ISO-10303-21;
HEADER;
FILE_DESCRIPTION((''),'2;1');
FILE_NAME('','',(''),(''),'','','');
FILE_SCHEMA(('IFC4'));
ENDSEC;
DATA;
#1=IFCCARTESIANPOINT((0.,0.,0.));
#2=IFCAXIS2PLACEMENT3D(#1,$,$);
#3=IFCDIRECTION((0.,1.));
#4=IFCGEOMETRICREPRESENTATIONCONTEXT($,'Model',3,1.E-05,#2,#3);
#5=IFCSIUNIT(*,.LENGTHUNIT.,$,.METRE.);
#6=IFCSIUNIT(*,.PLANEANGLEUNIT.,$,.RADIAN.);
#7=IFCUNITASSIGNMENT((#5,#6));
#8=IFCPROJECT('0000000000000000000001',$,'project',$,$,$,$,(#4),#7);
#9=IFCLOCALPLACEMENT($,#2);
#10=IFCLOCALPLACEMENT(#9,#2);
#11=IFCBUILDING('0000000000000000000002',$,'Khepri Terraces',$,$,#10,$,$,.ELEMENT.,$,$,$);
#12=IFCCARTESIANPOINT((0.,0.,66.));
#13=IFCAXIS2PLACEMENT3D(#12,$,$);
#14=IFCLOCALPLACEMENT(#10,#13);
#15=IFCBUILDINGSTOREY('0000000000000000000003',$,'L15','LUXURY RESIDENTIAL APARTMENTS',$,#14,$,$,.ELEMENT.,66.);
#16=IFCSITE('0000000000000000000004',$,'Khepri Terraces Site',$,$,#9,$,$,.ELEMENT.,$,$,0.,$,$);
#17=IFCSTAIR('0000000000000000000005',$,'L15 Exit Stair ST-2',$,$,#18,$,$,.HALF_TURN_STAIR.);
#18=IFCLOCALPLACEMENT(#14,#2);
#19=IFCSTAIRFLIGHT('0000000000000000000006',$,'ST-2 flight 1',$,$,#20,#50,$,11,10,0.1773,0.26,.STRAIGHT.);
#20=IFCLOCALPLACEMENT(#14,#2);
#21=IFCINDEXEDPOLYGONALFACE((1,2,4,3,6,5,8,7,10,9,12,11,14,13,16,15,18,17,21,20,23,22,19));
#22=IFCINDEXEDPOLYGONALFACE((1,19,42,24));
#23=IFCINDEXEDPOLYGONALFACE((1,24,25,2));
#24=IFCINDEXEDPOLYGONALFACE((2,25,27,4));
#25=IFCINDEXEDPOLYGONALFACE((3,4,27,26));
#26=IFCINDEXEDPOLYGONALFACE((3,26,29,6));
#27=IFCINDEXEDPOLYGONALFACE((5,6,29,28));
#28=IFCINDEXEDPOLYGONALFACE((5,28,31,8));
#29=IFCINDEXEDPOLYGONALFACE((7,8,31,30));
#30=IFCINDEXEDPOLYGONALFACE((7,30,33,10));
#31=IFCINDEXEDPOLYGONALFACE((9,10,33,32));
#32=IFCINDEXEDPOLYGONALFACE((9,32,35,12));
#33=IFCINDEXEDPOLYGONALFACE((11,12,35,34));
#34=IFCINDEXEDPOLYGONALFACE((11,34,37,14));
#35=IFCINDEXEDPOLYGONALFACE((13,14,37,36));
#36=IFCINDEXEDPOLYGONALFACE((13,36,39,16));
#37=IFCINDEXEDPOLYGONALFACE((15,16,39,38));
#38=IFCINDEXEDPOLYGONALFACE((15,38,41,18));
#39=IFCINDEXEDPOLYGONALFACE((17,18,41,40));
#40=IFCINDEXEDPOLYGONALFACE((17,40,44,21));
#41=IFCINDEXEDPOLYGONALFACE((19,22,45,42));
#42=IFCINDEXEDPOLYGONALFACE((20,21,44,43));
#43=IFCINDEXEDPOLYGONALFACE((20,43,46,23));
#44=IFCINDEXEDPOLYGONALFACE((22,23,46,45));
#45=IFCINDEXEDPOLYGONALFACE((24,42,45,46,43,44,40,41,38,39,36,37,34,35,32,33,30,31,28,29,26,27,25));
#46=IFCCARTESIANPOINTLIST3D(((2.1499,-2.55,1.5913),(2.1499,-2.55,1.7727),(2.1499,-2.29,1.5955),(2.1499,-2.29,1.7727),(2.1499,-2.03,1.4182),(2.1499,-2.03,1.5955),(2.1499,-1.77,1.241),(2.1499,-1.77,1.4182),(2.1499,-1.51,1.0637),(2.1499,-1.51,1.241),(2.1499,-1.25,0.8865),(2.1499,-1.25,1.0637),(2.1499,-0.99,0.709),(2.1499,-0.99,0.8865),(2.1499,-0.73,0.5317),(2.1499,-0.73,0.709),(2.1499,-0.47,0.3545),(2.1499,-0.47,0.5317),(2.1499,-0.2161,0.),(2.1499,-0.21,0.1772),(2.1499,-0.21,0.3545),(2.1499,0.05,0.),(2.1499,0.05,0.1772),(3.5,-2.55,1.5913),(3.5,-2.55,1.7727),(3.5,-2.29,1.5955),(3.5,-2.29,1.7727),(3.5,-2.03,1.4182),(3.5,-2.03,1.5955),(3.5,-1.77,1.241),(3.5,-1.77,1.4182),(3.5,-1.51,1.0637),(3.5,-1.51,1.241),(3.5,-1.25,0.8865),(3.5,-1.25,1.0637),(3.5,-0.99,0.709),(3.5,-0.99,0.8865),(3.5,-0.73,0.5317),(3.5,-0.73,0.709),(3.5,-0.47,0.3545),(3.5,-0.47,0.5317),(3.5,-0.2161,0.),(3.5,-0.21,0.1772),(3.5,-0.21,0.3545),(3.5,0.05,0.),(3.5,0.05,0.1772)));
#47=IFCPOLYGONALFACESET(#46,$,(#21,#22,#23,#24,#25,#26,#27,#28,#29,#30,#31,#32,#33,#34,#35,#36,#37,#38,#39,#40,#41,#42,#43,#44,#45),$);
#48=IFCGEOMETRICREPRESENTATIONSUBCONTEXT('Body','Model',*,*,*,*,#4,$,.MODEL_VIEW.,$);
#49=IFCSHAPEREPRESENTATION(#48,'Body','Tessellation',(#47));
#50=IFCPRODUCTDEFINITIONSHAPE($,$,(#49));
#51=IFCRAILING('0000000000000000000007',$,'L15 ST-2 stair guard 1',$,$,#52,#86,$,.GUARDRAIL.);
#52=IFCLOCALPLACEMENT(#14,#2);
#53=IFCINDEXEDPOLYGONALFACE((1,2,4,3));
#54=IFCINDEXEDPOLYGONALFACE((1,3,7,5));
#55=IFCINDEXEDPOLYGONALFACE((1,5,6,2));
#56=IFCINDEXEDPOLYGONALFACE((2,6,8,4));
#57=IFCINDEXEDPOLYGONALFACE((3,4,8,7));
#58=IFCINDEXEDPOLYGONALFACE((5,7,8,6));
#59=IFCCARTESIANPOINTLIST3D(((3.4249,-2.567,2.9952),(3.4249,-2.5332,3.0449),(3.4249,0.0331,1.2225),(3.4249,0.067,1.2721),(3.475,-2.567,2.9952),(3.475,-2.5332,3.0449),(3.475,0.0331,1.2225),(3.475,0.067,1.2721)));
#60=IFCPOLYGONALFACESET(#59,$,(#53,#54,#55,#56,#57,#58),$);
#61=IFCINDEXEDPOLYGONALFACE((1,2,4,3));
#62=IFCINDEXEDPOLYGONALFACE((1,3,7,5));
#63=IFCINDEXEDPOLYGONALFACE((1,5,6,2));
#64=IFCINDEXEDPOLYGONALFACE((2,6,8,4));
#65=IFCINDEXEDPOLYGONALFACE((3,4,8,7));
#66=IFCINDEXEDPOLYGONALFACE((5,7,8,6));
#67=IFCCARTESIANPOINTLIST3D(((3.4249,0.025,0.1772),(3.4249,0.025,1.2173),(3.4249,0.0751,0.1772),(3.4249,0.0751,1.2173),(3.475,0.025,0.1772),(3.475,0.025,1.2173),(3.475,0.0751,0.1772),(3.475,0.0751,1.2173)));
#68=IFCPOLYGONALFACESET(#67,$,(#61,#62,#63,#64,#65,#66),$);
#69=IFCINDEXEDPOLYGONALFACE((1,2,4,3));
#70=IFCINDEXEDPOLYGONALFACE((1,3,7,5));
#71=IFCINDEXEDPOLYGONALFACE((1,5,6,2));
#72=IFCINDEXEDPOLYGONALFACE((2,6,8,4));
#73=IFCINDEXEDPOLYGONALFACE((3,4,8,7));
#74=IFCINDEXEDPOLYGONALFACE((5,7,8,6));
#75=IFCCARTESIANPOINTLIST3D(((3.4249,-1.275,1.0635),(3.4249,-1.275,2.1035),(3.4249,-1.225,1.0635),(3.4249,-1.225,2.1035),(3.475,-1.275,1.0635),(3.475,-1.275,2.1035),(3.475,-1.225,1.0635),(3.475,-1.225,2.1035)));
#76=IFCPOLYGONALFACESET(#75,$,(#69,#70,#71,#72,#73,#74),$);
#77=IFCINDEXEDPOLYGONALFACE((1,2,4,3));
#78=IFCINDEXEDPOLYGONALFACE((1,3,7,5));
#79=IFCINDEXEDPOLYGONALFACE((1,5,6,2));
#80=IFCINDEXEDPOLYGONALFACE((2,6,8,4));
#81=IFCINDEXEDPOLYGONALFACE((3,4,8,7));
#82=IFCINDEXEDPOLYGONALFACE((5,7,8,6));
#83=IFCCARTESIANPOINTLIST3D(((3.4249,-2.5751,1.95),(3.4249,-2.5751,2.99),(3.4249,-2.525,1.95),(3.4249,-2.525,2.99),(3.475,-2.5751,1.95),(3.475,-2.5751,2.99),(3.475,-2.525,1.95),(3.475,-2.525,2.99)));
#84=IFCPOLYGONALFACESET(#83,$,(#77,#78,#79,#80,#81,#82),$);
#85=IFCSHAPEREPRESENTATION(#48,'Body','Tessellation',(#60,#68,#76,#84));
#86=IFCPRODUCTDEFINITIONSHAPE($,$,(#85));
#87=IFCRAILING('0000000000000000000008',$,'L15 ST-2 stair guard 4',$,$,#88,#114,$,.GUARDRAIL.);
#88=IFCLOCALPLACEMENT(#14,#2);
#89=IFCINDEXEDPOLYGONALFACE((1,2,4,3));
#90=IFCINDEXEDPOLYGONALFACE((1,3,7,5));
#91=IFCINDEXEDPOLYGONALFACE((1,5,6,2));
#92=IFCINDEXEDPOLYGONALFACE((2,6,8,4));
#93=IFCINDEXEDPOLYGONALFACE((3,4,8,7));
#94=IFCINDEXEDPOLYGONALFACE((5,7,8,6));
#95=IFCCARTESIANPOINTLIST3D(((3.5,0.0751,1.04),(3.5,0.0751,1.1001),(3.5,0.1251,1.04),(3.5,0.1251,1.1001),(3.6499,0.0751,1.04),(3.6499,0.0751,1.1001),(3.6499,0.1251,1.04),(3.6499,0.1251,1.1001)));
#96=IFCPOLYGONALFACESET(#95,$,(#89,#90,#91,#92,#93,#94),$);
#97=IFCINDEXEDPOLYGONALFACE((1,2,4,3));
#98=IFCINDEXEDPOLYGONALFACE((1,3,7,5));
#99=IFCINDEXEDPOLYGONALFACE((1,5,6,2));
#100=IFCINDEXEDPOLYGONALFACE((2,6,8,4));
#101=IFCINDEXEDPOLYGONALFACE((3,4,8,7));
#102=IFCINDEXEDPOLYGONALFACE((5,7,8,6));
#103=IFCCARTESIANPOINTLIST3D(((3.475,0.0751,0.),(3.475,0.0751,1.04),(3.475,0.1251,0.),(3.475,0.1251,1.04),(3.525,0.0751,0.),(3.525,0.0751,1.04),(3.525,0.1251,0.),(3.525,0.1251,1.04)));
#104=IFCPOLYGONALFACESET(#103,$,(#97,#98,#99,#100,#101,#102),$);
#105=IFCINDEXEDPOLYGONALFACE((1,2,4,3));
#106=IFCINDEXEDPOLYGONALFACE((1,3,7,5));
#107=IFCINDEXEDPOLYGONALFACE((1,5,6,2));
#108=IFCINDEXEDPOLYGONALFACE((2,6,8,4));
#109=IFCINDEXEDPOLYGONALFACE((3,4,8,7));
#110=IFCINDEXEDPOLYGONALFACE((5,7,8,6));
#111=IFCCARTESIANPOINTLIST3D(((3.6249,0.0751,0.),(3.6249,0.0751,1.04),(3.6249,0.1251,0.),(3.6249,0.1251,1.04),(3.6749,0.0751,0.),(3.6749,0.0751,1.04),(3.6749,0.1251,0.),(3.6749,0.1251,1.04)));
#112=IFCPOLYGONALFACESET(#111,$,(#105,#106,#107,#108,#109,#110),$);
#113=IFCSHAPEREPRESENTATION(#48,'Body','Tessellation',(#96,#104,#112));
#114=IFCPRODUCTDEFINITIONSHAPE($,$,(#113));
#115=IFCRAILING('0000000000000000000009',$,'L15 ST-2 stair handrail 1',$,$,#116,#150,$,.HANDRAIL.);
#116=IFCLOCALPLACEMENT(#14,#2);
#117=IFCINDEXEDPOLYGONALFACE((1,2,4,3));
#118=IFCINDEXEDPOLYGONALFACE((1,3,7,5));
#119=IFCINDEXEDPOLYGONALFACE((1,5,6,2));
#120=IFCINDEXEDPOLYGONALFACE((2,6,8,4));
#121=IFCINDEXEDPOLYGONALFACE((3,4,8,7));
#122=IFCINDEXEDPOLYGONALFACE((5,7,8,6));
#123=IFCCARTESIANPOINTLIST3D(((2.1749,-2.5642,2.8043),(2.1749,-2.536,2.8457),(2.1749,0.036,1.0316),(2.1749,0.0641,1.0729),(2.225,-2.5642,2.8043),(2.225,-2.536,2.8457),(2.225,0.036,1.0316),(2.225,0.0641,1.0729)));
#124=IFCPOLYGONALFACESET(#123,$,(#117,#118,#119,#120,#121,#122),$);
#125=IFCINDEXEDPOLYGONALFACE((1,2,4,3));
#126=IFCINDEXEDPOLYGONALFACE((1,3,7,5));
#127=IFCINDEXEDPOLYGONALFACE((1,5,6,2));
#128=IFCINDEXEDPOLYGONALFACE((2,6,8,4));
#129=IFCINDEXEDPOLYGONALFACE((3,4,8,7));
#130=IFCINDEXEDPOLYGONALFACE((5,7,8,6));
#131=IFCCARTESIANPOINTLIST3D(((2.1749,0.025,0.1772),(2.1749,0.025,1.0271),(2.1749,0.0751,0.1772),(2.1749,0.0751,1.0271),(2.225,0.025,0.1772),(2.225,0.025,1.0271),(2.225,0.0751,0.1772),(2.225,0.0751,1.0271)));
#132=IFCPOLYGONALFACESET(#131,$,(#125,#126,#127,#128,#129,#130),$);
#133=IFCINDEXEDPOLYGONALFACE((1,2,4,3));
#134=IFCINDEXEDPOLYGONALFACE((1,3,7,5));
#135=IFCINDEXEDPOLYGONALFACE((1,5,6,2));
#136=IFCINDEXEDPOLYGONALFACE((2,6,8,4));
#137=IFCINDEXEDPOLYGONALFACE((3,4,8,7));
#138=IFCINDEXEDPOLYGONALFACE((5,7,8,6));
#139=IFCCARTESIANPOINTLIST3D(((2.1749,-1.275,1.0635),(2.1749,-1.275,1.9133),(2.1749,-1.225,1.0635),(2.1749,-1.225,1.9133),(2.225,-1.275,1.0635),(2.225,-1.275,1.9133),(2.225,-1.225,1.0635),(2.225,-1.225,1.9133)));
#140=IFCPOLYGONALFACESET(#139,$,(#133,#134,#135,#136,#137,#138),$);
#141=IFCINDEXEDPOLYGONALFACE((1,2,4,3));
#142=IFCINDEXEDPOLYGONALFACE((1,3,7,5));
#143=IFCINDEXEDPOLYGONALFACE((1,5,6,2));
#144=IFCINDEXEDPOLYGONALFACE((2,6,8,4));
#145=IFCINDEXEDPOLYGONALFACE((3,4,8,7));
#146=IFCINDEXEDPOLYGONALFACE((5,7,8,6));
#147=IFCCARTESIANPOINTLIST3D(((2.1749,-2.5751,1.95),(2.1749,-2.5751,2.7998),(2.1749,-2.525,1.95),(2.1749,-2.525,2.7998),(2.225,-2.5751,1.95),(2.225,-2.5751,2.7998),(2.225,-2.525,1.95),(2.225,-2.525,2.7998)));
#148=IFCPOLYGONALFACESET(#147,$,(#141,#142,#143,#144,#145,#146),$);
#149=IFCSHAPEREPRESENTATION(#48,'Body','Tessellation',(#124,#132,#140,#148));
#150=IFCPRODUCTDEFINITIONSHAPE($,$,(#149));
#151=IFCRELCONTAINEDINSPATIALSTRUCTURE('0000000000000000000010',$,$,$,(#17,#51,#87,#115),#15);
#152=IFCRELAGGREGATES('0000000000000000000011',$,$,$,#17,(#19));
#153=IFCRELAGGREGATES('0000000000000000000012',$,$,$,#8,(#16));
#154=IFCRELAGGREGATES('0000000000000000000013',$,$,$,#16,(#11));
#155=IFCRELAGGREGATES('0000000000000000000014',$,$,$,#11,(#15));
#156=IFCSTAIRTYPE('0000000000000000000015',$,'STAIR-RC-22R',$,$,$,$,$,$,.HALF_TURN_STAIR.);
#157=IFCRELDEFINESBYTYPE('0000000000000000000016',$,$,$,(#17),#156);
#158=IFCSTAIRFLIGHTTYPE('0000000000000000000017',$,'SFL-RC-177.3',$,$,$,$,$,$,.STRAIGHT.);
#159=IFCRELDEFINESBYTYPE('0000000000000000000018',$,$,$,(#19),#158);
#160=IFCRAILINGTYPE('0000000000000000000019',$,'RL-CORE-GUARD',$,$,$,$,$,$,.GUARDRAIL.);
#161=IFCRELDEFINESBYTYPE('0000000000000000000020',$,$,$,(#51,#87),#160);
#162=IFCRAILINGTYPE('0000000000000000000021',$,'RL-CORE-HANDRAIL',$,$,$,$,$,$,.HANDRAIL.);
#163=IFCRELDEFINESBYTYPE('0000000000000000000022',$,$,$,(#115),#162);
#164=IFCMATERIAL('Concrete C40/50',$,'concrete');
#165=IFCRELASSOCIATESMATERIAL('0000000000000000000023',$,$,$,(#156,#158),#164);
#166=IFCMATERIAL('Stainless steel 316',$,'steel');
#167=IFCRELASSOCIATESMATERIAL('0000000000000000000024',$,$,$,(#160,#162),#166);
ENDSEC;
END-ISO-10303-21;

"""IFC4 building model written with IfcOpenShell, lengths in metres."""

from ifc_helpers import new_model, si_unit, direction, frame, origin, origin_2d, place, context, subcontext, project, spatial, polyline, rectangle, outline, extrude, material, type_object, element, aggregate, save


model = new_model("IFC4")

# Units and contexts
model_context = context("Model", 3, precision=1e-05, world=origin(), true_north=direction((0.0, 1.0)))
body_context = subcontext(model_context, "Body", "Model", "MODEL_VIEW")
ifc_project = project(units=[si_unit("LENGTHUNIT", "METRE"), si_unit("PLANEANGLEUNIT", "RADIAN")], contexts=[model_context])

# Site, building, storey
site_placement = place(None, origin())
site = spatial("IfcSite", under=ifc_project, at=site_placement, Name="Khepri Terraces Site", CompositionType="ELEMENT", RefElevation=0.0)
building_placement = place(site_placement, origin())
building = spatial("IfcBuilding", under=site, at=building_placement, Name="Khepri Terraces", CompositionType="ELEMENT")
storey_placement = place(building_placement, frame((0.0, 0.0, 66.0)))
storey = spatial("IfcBuildingStorey", under=building, at=storey_placement, Name="L15", Description="LUXURY RESIDENTIAL APARTMENTS", CompositionType="ELEMENT", Elevation=66.0)

# Stair, stair flight
ifc_material_1 = material(Name="Concrete C40/50", Category="concrete")
stair_type = type_object("IfcStairType", Name="STAIR-RC-22R", PredefinedType="HALF_TURN_STAIR", material=ifc_material_1)
stair_placement = place(storey_placement, origin())
stair = element("IfcStair", 1, at=stair_placement, inside=storey, type_object=stair_type, Name="L15 Exit Stair ST-2", PredefinedType="HALF_TURN_STAIR")
stair_flight_type = type_object("IfcStairFlightType", Name="SFL-RC-177.3", PredefinedType="STRAIGHT", material=ifc_material_1)
stair_flight_placement = place(storey_placement, frame((2.825, 0.05, 0.0), z_axis=(0.0, 0.0, 1.0), x_axis=(0.0, -1.0, 0.0)))
stair_flight = element("IfcStairFlight", 2, at=stair_flight_placement, type_object=stair_flight_type, Name="ST-2 flight 1", NumberOfRisers=11, NumberOfTreads=10, PredefinedType="STRAIGHT", RiserHeight=0.1773, TreadLength=0.26, context=body_context, shape_type="SweptSolid", body=[
    extrude(outline(polyline([(0.0, 0.0), (0.0, 0.1772), (0.26, 0.1772), (0.26, 0.3545), (0.52, 0.3545), (0.52, 0.5317), (0.78, 0.5317), (0.78, 0.709), (1.04, 0.709), (1.04, 0.8865), (1.3, 0.8865), (1.3, 1.0637), (1.5601, 1.0637), (1.5601, 1.241), (1.8201, 1.241), (1.8201, 1.4182), (2.0801, 1.4182), (2.0801, 1.5955), (2.3401, 1.5955), (2.3401, 1.7727), (2.6001, 1.7727), (2.6001, 1.95), (2.6001, 1.5913), (0.2661, 0.0), (0.0, 0.0)])), frame((0.0, 0.675, 0.0), z_axis=(0.0, -1.0, 0.0), x_axis=(1.0, 0.0, 0.0)), (0.0, 0.0, 1.0), 1.3501),
])
aggregate(stair, [stair_flight])

# Railings
ifc_material_2 = material(Name="Stainless steel 316", Category="steel")
railing_type_1 = type_object("IfcRailingType", Name="RL-CORE-GUARD", PredefinedType="GUARDRAIL", material=ifc_material_2)
railing_1_placement = place(storey_placement, frame((3.45, 0.05, 0.1772)))
element("IfcRailing", 3, at=railing_1_placement, inside=storey, type_object=railing_type_1, Name="L15 ST-2 stair guard 1", PredefinedType="GUARDRAIL", context=body_context, shape_type="SweptSolid", body=[
    extrude(rectangle(XDim=0.05, YDim=0.0601, at=origin_2d()), frame((0.0, 0.0, 1.0701), z_axis=(0.0, -0.82624, 0.563318), x_axis=(1.0, 0.0, 0.0)), (0.0, 0.0, 1.0), 3.147),
    extrude(rectangle(XDim=0.05, YDim=0.05, at=origin_2d()), origin(), (0.0, 0.0, 1.0), 1.04),
    extrude(rectangle(XDim=0.05, YDim=0.05, at=origin_2d()), frame((0.0, -1.3, 0.8862)), (0.0, 0.0, 1.0), 1.04),
    extrude(rectangle(XDim=0.05, YDim=0.05, at=origin_2d()), frame((0.0, -2.6001, 1.7727)), (0.0, 0.0, 1.0), 1.04),
])
railing_2_placement = place(storey_placement, frame((3.5, 0.1001, 0.0)))
element("IfcRailing", 4, at=railing_2_placement, inside=storey, type_object=railing_type_1, Name="L15 ST-2 stair guard 4", PredefinedType="GUARDRAIL", context=body_context, shape_type="SweptSolid", body=[
    extrude(rectangle(XDim=0.05, YDim=0.0601, at=origin_2d()), frame((0.0, 0.0, 1.0701), z_axis=(1.0, 0.0, 0.0), x_axis=(0.0, 1.0, 0.0)), (0.0, 0.0, 1.0), 0.1499),
    extrude(rectangle(XDim=0.05, YDim=0.05, at=origin_2d()), origin(), (0.0, 0.0, 1.0), 1.04),
    extrude(rectangle(XDim=0.05, YDim=0.05, at=origin_2d()), frame((0.1499, 0.0, 0.0)), (0.0, 0.0, 1.0), 1.04),
])
railing_type_2 = type_object("IfcRailingType", Name="RL-CORE-HANDRAIL", PredefinedType="HANDRAIL", material=ifc_material_2)
railing_3_placement = place(storey_placement, frame((2.2, 0.05, 0.1772)))
element("IfcRailing", 5, at=railing_3_placement, inside=storey, type_object=railing_type_2, Name="L15 ST-2 stair handrail 1", PredefinedType="HANDRAIL", context=body_context, shape_type="SweptSolid", body=[
    extrude(rectangle(XDim=0.05, YDim=0.05, at=origin_2d()), frame((0.0, 0.0, 0.875), z_axis=(0.0, -0.82624, 0.563318), x_axis=(1.0, 0.0, 0.0)), (0.0, 0.0, 1.0), 3.147),
    extrude(rectangle(XDim=0.05, YDim=0.05, at=origin_2d()), origin(), (0.0, 0.0, 1.0), 0.8499),
    extrude(rectangle(XDim=0.05, YDim=0.05, at=origin_2d()), frame((0.0, -1.3, 0.8862)), (0.0, 0.0, 1.0), 0.8499),
    extrude(rectangle(XDim=0.05, YDim=0.05, at=origin_2d()), frame((0.0, -2.6001, 1.7727)), (0.0, 0.0, 1.0), 0.8499),
])

save(model, "model.ifc")
